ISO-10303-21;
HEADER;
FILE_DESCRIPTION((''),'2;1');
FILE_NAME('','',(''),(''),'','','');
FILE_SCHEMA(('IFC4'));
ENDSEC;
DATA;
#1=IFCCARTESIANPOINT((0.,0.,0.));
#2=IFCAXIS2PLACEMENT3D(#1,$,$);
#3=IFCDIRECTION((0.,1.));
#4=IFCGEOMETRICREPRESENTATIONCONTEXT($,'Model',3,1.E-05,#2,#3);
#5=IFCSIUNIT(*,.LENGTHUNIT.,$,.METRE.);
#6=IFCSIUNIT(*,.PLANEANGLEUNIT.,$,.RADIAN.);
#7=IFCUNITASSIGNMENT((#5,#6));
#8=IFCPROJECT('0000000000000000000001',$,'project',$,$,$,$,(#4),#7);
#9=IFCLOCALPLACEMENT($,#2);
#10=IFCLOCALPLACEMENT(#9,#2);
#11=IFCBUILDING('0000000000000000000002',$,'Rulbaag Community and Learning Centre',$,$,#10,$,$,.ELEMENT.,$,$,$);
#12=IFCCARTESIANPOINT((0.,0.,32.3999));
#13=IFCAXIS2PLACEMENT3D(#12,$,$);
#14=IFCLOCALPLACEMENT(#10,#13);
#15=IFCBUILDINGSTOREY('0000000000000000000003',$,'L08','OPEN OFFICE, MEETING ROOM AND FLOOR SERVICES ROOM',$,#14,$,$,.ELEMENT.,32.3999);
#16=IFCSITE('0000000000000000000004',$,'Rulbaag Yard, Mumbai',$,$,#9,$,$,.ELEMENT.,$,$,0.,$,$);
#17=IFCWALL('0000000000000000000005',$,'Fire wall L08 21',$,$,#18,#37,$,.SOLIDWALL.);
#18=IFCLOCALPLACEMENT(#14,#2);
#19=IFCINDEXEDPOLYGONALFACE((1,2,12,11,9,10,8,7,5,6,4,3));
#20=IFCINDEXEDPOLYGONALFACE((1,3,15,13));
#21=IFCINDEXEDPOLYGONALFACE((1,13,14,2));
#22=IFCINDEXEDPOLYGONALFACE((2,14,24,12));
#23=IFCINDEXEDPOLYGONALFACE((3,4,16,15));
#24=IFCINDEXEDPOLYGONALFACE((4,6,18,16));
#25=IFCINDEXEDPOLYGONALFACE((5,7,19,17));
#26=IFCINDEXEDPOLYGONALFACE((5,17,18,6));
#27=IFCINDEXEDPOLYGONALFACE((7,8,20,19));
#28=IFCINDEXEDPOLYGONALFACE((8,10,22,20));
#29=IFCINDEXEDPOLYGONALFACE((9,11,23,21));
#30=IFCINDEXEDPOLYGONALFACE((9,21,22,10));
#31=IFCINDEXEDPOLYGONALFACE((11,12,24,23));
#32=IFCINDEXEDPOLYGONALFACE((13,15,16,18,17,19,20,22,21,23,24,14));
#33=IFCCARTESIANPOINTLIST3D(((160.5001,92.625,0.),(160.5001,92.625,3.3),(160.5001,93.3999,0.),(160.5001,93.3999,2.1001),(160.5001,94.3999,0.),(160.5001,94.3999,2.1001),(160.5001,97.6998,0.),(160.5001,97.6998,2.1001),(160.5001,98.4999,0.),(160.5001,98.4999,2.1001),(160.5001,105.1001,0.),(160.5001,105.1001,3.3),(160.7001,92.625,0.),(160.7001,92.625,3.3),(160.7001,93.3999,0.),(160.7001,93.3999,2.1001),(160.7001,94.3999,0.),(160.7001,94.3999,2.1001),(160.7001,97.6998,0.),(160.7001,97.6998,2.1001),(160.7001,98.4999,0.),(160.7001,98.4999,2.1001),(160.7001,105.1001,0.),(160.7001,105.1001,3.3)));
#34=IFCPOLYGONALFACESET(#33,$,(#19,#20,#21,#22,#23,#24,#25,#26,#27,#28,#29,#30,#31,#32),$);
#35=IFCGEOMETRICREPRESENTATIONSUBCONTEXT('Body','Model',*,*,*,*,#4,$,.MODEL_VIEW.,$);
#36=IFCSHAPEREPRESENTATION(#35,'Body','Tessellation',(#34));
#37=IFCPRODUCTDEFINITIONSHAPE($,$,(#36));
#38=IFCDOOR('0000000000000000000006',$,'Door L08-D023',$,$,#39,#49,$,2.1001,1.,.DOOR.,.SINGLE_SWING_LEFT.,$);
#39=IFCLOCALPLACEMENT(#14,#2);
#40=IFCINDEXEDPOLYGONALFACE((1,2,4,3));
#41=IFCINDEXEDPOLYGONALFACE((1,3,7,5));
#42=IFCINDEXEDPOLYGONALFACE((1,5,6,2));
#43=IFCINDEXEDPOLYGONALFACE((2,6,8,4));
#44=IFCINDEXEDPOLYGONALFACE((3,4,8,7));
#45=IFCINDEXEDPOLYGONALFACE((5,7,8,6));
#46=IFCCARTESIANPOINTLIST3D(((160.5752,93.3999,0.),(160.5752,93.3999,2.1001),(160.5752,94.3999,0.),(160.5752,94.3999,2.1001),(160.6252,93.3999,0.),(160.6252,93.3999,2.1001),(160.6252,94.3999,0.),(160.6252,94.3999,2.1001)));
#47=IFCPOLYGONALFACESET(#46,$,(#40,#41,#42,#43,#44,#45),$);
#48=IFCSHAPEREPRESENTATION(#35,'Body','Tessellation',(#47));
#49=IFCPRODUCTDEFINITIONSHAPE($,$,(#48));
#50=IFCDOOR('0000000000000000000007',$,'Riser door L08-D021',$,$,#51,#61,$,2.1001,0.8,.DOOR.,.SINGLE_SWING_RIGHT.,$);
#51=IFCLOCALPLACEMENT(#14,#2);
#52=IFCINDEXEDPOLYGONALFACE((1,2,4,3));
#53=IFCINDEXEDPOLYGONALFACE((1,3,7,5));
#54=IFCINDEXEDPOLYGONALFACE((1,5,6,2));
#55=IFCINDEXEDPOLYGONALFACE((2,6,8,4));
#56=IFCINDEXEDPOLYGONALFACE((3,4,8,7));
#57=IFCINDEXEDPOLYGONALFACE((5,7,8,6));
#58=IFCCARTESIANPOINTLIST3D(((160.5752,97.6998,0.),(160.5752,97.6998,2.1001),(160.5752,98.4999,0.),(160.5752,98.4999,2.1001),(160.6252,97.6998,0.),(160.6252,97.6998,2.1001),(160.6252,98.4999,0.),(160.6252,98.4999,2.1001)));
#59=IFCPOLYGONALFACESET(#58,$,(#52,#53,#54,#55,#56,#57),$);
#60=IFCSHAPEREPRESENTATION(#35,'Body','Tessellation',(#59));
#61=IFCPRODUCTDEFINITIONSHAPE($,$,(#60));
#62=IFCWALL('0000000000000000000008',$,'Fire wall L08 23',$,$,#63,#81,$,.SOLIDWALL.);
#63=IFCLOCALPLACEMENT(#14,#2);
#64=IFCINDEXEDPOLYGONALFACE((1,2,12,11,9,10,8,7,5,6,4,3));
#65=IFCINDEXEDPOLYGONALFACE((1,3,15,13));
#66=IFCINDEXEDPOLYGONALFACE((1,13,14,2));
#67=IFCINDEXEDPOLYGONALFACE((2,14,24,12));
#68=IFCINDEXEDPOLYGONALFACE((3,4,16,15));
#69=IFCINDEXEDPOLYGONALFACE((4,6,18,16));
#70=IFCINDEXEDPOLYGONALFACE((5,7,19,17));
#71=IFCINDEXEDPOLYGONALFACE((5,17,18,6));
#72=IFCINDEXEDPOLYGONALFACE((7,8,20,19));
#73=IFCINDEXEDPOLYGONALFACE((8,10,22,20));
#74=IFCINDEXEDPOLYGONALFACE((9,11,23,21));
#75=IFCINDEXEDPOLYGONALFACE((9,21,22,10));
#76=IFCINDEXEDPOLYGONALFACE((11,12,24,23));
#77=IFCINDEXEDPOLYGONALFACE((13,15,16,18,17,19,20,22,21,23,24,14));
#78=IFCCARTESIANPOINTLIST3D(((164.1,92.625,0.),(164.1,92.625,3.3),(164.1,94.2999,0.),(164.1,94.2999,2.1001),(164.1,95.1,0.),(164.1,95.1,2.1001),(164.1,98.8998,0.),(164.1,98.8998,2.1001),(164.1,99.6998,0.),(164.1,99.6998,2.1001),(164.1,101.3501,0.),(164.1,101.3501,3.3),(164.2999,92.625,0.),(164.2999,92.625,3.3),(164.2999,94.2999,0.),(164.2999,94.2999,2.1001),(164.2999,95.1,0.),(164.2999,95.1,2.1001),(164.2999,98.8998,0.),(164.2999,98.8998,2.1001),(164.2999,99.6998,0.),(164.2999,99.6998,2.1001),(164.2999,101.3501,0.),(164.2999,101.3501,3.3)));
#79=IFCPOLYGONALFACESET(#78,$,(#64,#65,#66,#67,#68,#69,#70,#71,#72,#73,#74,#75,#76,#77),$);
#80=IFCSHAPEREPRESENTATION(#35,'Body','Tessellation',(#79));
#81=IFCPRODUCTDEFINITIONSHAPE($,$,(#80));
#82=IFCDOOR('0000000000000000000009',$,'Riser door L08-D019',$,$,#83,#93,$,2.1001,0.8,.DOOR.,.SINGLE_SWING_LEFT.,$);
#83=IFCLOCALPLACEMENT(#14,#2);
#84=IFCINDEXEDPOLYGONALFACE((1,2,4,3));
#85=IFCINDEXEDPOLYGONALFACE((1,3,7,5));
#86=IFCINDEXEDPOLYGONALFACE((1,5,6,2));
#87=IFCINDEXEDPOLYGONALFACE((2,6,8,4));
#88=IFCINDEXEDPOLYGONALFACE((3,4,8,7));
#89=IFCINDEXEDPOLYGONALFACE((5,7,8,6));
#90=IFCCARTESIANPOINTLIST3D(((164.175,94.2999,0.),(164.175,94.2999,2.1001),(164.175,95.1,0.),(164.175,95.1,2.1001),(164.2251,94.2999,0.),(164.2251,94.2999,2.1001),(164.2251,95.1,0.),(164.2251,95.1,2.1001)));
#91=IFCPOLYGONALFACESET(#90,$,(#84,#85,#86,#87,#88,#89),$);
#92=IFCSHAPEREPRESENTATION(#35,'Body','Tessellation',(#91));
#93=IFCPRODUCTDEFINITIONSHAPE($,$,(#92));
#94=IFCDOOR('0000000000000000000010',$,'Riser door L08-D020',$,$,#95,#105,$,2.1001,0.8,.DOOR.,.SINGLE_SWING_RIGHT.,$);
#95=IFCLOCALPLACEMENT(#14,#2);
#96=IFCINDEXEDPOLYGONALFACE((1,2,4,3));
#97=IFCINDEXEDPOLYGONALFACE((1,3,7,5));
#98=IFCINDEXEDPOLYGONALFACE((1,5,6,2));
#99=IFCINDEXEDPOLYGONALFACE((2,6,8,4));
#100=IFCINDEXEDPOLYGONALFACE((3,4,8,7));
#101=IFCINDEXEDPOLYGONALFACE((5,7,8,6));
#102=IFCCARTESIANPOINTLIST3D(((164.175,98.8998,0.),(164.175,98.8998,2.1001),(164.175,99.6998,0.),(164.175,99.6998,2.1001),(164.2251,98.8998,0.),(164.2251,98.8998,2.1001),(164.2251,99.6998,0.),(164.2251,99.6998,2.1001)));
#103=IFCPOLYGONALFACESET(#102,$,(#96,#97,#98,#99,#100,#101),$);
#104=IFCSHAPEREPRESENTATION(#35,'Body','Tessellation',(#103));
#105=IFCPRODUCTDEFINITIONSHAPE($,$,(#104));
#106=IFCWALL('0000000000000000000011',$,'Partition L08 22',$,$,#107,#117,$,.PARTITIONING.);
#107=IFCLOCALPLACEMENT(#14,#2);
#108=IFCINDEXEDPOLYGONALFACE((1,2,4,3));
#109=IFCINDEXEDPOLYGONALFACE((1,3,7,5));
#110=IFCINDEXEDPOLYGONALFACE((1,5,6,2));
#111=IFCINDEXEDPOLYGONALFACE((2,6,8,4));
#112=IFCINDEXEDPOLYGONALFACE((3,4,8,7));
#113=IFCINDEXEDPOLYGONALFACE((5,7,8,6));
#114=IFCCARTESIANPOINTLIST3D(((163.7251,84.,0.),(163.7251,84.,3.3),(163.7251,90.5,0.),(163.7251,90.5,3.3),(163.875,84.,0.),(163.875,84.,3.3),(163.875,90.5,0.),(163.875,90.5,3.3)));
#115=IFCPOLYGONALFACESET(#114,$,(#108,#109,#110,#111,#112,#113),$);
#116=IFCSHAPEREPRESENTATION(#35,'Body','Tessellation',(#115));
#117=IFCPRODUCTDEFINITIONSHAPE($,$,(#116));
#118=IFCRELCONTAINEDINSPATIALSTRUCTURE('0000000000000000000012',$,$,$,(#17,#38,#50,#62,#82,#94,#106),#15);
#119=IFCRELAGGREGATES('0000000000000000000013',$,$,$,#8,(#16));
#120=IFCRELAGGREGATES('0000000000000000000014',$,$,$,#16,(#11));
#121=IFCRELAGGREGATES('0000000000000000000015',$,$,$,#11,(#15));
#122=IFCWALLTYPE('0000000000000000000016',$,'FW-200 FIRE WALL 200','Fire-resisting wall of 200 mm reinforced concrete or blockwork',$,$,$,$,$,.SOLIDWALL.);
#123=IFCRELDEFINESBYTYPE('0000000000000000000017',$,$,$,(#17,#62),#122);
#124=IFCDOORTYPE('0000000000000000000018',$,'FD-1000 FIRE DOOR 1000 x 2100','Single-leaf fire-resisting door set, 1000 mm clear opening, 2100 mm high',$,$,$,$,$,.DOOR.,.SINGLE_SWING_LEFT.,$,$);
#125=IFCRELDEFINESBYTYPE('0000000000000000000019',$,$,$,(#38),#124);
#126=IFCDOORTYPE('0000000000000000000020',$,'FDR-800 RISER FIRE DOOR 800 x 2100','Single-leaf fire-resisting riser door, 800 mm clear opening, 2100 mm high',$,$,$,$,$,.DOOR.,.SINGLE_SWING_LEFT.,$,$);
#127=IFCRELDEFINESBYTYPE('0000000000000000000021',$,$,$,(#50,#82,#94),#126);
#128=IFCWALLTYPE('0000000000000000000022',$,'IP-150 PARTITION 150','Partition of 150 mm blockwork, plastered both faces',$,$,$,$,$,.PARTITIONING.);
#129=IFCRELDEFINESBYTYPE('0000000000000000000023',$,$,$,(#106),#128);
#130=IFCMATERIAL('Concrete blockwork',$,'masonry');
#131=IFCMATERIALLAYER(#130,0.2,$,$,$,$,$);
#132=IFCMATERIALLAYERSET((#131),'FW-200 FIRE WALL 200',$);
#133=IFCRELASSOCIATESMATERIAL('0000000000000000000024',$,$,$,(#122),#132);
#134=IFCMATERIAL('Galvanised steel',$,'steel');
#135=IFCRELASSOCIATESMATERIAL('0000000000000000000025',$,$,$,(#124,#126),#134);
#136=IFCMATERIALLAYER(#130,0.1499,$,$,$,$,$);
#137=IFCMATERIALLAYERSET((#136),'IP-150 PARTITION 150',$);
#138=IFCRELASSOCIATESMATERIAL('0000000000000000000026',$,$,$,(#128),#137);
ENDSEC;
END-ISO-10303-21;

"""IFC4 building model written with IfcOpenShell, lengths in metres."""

from ifc_helpers import new_model, si_unit, direction, frame, frame_2d, origin, place, context, subcontext, project, spatial, rectangle, extrude, material, layer, layer_set, type_object, element, fill, save


model = new_model("IFC4")

# Units and contexts
model_context = context("Model", 3, precision=1e-05, world=origin(), true_north=direction((0.0, 1.0)))
body_context = subcontext(model_context, "Body", "Model", "MODEL_VIEW")
ifc_project = project(units=[si_unit("LENGTHUNIT", "METRE"), si_unit("PLANEANGLEUNIT", "RADIAN")], contexts=[model_context])

# Site, building, storey
site_placement = place(None, origin())
site = spatial("IfcSite", under=ifc_project, at=site_placement, Name="Rulbaag Yard, Mumbai", CompositionType="ELEMENT", RefElevation=0.0)
building_placement = place(site_placement, origin())
building = spatial("IfcBuilding", under=site, at=building_placement, Name="Rulbaag Community and Learning Centre", CompositionType="ELEMENT")
storey_placement = place(building_placement, frame((0.0, 0.0, 32.3999)))
storey = spatial("IfcBuildingStorey", under=building, at=storey_placement, Name="L08", Description="OPEN OFFICE, MEETING ROOM AND FLOOR SERVICES ROOM", CompositionType="ELEMENT", Elevation=32.3999)

# Walls, openings, doors
ifc_material_1 = material(Name="Concrete blockwork", Category="masonry")
ifc_layer_1 = layer(ifc_material_1, 0.2)
ifc_layer_set_1 = layer_set([ifc_layer_1], Name="FW-200 FIRE WALL 200")
wall_type_1 = type_object("IfcWallType", Name="FW-200 FIRE WALL 200", Description="Fire-resisting wall of 200 mm reinforced concrete or blockwork", PredefinedType="SOLIDWALL", material=ifc_layer_set_1)
wall_1_placement = place(storey_placement, frame((160.6001, 92.625, 0.0), z_axis=(0.0, 0.0, 1.0), x_axis=(0.0, 1.0, 0.0)))
wall_1 = element("IfcWall", 1, at=wall_1_placement, inside=storey, type_object=wall_type_1, Name="Fire wall L08 21", PredefinedType="SOLIDWALL", context=body_context, shape_type="SweptSolid", body=[
    extrude(rectangle(XDim=12.4751, YDim=0.2, at=frame_2d((6.2375, 0.0))), origin(), (0.0, 0.0, 1.0), 3.3),
])
opening_1_placement = place(wall_1_placement, frame((5.075, 0.0, 0.0)))
opening_1 = element("IfcOpeningElement", 2, at=opening_1_placement, cuts=wall_1, PredefinedType="OPENING", context=body_context, shape_type="SweptSolid", body=[
    extrude(rectangle(XDim=0.8, YDim=2.1001, at=frame_2d((0.3999, 1.05))), frame((0.0, 0.1099, 0.0), z_axis=(0.0, -1.0, 0.0), x_axis=(1.0, 0.0, 0.0)), (0.0, 0.0, 1.0), 0.22),
])
opening_2_placement = place(wall_1_placement, frame((0.7749, 0.0, 0.0)))
opening_2 = element("IfcOpeningElement", 3, at=opening_2_placement, cuts=wall_1, PredefinedType="OPENING", context=body_context, shape_type="SweptSolid", body=[
    extrude(rectangle(XDim=1.0, YDim=2.1001, at=frame_2d((0.5, 1.05))), frame((0.0, 0.1099, 0.0), z_axis=(0.0, -1.0, 0.0), x_axis=(1.0, 0.0, 0.0)), (0.0, 0.0, 1.0), 0.22),
])
ifc_material_2 = material(Name="Galvanised steel", Category="steel")
door_type_1 = type_object("IfcDoorType", Name="FD-1000 FIRE DOOR 1000 x 2100", Description="Single-leaf fire-resisting door set, 1000 mm clear opening, 2100 mm high", OperationType="SINGLE_SWING_LEFT", PredefinedType="DOOR", material=ifc_material_2)
door_1_placement = place(opening_2_placement, origin())
door_1 = element("IfcDoor", 4, at=door_1_placement, inside=storey, type_object=door_type_1, Name="Door L08-D023", OperationType="SINGLE_SWING_LEFT", OverallHeight=2.1001, OverallWidth=1.0, PredefinedType="DOOR", context=body_context, shape_type="SweptSolid", body=[
    extrude(rectangle(XDim=1.0, YDim=2.1001, at=frame_2d((0.5, 1.05))), frame((0.0, 0.0249, 0.0), z_axis=(0.0, -1.0, 0.0), x_axis=(1.0, 0.0, 0.0)), (0.0, 0.0, 1.0), 0.05),
])
fill(opening_2, door_1)
door_type_2 = type_object("IfcDoorType", Name="FDR-800 RISER FIRE DOOR 800 x 2100", Description="Single-leaf fire-resisting riser door, 800 mm clear opening, 2100 mm high", OperationType="SINGLE_SWING_LEFT", PredefinedType="DOOR", material=ifc_material_2)
door_2_placement = place(opening_1_placement, origin())
door_2 = element("IfcDoor", 5, at=door_2_placement, inside=storey, type_object=door_type_2, Name="Riser door L08-D021", OperationType="SINGLE_SWING_RIGHT", OverallHeight=2.1001, OverallWidth=0.8, PredefinedType="DOOR", context=body_context, shape_type="SweptSolid", body=[
    extrude(rectangle(XDim=0.8, YDim=2.1001, at=frame_2d((0.3999, 1.05))), frame((0.0, 0.0249, 0.0), z_axis=(0.0, -1.0, 0.0), x_axis=(1.0, 0.0, 0.0)), (0.0, 0.0, 1.0), 0.05),
])
fill(opening_1, door_2)
wall_2_placement = place(storey_placement, frame((164.2, 92.625, 0.0), z_axis=(0.0, 0.0, 1.0), x_axis=(0.0, 1.0, 0.0)))
wall_2 = element("IfcWall", 6, at=wall_2_placement, inside=storey, type_object=wall_type_1, Name="Fire wall L08 23", PredefinedType="SOLIDWALL", context=body_context, shape_type="SweptSolid", body=[
    extrude(rectangle(XDim=8.7251, YDim=0.2, at=frame_2d((4.3625, 0.0))), origin(), (0.0, 0.0, 1.0), 3.3),
])
opening_3_placement = place(wall_2_placement, frame((1.675, 0.0, 0.0)))
opening_3 = element("IfcOpeningElement", 7, at=opening_3_placement, cuts=wall_2, PredefinedType="OPENING", context=body_context, shape_type="SweptSolid", body=[
    extrude(rectangle(XDim=0.8, YDim=2.1001, at=frame_2d((0.3999, 1.05))), frame((0.0, 0.1099, 0.0), z_axis=(0.0, -1.0, 0.0), x_axis=(1.0, 0.0, 0.0)), (0.0, 0.0, 1.0), 0.22),
])
opening_4_placement = place(wall_2_placement, frame((6.2749, 0.0, 0.0)))
opening_4 = element("IfcOpeningElement", 8, at=opening_4_placement, cuts=wall_2, PredefinedType="OPENING", context=body_context, shape_type="SweptSolid", body=[
    extrude(rectangle(XDim=0.8, YDim=2.1001, at=frame_2d((0.3999, 1.05))), frame((0.0, 0.1099, 0.0), z_axis=(0.0, -1.0, 0.0), x_axis=(1.0, 0.0, 0.0)), (0.0, 0.0, 1.0), 0.22),
])
door_3_placement = place(opening_3_placement, origin())
door_3 = element("IfcDoor", 9, at=door_3_placement, inside=storey, type_object=door_type_2, Name="Riser door L08-D019", OperationType="SINGLE_SWING_LEFT", OverallHeight=2.1001, OverallWidth=0.8, PredefinedType="DOOR", context=body_context, shape_type="SweptSolid", body=[
    extrude(rectangle(XDim=0.8, YDim=2.1001, at=frame_2d((0.3999, 1.05))), frame((0.0, 0.0249, 0.0), z_axis=(0.0, -1.0, 0.0), x_axis=(1.0, 0.0, 0.0)), (0.0, 0.0, 1.0), 0.05),
])
fill(opening_3, door_3)
door_4_placement = place(opening_4_placement, origin())
door_4 = element("IfcDoor", 10, at=door_4_placement, inside=storey, type_object=door_type_2, Name="Riser door L08-D020", OperationType="SINGLE_SWING_RIGHT", OverallHeight=2.1001, OverallWidth=0.8, PredefinedType="DOOR", context=body_context, shape_type="SweptSolid", body=[
    extrude(rectangle(XDim=0.8, YDim=2.1001, at=frame_2d((0.3999, 1.05))), frame((0.0, 0.0249, 0.0), z_axis=(0.0, -1.0, 0.0), x_axis=(1.0, 0.0, 0.0)), (0.0, 0.0, 1.0), 0.05),
])
fill(opening_4, door_4)

# Wall
ifc_layer_2 = layer(ifc_material_1, 0.1499)
ifc_layer_set_2 = layer_set([ifc_layer_2], Name="IP-150 PARTITION 150")
wall_type_2 = type_object("IfcWallType", Name="IP-150 PARTITION 150", Description="Partition of 150 mm blockwork, plastered both faces", PredefinedType="PARTITIONING", material=ifc_layer_set_2)
wall_3_placement = place(storey_placement, frame((163.8, 84.0, 0.0), z_axis=(0.0, 0.0, 1.0), x_axis=(0.0, 1.0, 0.0)))
element("IfcWall", 11, at=wall_3_placement, inside=storey, type_object=wall_type_2, Name="Partition L08 22", PredefinedType="PARTITIONING", context=body_context, shape_type="SweptSolid", body=[
    extrude(rectangle(XDim=6.5, YDim=0.1499, at=frame_2d((3.25, 0.0))), origin(), (0.0, 0.0, 1.0), 3.3),
])

save(model, "model.ifc")
